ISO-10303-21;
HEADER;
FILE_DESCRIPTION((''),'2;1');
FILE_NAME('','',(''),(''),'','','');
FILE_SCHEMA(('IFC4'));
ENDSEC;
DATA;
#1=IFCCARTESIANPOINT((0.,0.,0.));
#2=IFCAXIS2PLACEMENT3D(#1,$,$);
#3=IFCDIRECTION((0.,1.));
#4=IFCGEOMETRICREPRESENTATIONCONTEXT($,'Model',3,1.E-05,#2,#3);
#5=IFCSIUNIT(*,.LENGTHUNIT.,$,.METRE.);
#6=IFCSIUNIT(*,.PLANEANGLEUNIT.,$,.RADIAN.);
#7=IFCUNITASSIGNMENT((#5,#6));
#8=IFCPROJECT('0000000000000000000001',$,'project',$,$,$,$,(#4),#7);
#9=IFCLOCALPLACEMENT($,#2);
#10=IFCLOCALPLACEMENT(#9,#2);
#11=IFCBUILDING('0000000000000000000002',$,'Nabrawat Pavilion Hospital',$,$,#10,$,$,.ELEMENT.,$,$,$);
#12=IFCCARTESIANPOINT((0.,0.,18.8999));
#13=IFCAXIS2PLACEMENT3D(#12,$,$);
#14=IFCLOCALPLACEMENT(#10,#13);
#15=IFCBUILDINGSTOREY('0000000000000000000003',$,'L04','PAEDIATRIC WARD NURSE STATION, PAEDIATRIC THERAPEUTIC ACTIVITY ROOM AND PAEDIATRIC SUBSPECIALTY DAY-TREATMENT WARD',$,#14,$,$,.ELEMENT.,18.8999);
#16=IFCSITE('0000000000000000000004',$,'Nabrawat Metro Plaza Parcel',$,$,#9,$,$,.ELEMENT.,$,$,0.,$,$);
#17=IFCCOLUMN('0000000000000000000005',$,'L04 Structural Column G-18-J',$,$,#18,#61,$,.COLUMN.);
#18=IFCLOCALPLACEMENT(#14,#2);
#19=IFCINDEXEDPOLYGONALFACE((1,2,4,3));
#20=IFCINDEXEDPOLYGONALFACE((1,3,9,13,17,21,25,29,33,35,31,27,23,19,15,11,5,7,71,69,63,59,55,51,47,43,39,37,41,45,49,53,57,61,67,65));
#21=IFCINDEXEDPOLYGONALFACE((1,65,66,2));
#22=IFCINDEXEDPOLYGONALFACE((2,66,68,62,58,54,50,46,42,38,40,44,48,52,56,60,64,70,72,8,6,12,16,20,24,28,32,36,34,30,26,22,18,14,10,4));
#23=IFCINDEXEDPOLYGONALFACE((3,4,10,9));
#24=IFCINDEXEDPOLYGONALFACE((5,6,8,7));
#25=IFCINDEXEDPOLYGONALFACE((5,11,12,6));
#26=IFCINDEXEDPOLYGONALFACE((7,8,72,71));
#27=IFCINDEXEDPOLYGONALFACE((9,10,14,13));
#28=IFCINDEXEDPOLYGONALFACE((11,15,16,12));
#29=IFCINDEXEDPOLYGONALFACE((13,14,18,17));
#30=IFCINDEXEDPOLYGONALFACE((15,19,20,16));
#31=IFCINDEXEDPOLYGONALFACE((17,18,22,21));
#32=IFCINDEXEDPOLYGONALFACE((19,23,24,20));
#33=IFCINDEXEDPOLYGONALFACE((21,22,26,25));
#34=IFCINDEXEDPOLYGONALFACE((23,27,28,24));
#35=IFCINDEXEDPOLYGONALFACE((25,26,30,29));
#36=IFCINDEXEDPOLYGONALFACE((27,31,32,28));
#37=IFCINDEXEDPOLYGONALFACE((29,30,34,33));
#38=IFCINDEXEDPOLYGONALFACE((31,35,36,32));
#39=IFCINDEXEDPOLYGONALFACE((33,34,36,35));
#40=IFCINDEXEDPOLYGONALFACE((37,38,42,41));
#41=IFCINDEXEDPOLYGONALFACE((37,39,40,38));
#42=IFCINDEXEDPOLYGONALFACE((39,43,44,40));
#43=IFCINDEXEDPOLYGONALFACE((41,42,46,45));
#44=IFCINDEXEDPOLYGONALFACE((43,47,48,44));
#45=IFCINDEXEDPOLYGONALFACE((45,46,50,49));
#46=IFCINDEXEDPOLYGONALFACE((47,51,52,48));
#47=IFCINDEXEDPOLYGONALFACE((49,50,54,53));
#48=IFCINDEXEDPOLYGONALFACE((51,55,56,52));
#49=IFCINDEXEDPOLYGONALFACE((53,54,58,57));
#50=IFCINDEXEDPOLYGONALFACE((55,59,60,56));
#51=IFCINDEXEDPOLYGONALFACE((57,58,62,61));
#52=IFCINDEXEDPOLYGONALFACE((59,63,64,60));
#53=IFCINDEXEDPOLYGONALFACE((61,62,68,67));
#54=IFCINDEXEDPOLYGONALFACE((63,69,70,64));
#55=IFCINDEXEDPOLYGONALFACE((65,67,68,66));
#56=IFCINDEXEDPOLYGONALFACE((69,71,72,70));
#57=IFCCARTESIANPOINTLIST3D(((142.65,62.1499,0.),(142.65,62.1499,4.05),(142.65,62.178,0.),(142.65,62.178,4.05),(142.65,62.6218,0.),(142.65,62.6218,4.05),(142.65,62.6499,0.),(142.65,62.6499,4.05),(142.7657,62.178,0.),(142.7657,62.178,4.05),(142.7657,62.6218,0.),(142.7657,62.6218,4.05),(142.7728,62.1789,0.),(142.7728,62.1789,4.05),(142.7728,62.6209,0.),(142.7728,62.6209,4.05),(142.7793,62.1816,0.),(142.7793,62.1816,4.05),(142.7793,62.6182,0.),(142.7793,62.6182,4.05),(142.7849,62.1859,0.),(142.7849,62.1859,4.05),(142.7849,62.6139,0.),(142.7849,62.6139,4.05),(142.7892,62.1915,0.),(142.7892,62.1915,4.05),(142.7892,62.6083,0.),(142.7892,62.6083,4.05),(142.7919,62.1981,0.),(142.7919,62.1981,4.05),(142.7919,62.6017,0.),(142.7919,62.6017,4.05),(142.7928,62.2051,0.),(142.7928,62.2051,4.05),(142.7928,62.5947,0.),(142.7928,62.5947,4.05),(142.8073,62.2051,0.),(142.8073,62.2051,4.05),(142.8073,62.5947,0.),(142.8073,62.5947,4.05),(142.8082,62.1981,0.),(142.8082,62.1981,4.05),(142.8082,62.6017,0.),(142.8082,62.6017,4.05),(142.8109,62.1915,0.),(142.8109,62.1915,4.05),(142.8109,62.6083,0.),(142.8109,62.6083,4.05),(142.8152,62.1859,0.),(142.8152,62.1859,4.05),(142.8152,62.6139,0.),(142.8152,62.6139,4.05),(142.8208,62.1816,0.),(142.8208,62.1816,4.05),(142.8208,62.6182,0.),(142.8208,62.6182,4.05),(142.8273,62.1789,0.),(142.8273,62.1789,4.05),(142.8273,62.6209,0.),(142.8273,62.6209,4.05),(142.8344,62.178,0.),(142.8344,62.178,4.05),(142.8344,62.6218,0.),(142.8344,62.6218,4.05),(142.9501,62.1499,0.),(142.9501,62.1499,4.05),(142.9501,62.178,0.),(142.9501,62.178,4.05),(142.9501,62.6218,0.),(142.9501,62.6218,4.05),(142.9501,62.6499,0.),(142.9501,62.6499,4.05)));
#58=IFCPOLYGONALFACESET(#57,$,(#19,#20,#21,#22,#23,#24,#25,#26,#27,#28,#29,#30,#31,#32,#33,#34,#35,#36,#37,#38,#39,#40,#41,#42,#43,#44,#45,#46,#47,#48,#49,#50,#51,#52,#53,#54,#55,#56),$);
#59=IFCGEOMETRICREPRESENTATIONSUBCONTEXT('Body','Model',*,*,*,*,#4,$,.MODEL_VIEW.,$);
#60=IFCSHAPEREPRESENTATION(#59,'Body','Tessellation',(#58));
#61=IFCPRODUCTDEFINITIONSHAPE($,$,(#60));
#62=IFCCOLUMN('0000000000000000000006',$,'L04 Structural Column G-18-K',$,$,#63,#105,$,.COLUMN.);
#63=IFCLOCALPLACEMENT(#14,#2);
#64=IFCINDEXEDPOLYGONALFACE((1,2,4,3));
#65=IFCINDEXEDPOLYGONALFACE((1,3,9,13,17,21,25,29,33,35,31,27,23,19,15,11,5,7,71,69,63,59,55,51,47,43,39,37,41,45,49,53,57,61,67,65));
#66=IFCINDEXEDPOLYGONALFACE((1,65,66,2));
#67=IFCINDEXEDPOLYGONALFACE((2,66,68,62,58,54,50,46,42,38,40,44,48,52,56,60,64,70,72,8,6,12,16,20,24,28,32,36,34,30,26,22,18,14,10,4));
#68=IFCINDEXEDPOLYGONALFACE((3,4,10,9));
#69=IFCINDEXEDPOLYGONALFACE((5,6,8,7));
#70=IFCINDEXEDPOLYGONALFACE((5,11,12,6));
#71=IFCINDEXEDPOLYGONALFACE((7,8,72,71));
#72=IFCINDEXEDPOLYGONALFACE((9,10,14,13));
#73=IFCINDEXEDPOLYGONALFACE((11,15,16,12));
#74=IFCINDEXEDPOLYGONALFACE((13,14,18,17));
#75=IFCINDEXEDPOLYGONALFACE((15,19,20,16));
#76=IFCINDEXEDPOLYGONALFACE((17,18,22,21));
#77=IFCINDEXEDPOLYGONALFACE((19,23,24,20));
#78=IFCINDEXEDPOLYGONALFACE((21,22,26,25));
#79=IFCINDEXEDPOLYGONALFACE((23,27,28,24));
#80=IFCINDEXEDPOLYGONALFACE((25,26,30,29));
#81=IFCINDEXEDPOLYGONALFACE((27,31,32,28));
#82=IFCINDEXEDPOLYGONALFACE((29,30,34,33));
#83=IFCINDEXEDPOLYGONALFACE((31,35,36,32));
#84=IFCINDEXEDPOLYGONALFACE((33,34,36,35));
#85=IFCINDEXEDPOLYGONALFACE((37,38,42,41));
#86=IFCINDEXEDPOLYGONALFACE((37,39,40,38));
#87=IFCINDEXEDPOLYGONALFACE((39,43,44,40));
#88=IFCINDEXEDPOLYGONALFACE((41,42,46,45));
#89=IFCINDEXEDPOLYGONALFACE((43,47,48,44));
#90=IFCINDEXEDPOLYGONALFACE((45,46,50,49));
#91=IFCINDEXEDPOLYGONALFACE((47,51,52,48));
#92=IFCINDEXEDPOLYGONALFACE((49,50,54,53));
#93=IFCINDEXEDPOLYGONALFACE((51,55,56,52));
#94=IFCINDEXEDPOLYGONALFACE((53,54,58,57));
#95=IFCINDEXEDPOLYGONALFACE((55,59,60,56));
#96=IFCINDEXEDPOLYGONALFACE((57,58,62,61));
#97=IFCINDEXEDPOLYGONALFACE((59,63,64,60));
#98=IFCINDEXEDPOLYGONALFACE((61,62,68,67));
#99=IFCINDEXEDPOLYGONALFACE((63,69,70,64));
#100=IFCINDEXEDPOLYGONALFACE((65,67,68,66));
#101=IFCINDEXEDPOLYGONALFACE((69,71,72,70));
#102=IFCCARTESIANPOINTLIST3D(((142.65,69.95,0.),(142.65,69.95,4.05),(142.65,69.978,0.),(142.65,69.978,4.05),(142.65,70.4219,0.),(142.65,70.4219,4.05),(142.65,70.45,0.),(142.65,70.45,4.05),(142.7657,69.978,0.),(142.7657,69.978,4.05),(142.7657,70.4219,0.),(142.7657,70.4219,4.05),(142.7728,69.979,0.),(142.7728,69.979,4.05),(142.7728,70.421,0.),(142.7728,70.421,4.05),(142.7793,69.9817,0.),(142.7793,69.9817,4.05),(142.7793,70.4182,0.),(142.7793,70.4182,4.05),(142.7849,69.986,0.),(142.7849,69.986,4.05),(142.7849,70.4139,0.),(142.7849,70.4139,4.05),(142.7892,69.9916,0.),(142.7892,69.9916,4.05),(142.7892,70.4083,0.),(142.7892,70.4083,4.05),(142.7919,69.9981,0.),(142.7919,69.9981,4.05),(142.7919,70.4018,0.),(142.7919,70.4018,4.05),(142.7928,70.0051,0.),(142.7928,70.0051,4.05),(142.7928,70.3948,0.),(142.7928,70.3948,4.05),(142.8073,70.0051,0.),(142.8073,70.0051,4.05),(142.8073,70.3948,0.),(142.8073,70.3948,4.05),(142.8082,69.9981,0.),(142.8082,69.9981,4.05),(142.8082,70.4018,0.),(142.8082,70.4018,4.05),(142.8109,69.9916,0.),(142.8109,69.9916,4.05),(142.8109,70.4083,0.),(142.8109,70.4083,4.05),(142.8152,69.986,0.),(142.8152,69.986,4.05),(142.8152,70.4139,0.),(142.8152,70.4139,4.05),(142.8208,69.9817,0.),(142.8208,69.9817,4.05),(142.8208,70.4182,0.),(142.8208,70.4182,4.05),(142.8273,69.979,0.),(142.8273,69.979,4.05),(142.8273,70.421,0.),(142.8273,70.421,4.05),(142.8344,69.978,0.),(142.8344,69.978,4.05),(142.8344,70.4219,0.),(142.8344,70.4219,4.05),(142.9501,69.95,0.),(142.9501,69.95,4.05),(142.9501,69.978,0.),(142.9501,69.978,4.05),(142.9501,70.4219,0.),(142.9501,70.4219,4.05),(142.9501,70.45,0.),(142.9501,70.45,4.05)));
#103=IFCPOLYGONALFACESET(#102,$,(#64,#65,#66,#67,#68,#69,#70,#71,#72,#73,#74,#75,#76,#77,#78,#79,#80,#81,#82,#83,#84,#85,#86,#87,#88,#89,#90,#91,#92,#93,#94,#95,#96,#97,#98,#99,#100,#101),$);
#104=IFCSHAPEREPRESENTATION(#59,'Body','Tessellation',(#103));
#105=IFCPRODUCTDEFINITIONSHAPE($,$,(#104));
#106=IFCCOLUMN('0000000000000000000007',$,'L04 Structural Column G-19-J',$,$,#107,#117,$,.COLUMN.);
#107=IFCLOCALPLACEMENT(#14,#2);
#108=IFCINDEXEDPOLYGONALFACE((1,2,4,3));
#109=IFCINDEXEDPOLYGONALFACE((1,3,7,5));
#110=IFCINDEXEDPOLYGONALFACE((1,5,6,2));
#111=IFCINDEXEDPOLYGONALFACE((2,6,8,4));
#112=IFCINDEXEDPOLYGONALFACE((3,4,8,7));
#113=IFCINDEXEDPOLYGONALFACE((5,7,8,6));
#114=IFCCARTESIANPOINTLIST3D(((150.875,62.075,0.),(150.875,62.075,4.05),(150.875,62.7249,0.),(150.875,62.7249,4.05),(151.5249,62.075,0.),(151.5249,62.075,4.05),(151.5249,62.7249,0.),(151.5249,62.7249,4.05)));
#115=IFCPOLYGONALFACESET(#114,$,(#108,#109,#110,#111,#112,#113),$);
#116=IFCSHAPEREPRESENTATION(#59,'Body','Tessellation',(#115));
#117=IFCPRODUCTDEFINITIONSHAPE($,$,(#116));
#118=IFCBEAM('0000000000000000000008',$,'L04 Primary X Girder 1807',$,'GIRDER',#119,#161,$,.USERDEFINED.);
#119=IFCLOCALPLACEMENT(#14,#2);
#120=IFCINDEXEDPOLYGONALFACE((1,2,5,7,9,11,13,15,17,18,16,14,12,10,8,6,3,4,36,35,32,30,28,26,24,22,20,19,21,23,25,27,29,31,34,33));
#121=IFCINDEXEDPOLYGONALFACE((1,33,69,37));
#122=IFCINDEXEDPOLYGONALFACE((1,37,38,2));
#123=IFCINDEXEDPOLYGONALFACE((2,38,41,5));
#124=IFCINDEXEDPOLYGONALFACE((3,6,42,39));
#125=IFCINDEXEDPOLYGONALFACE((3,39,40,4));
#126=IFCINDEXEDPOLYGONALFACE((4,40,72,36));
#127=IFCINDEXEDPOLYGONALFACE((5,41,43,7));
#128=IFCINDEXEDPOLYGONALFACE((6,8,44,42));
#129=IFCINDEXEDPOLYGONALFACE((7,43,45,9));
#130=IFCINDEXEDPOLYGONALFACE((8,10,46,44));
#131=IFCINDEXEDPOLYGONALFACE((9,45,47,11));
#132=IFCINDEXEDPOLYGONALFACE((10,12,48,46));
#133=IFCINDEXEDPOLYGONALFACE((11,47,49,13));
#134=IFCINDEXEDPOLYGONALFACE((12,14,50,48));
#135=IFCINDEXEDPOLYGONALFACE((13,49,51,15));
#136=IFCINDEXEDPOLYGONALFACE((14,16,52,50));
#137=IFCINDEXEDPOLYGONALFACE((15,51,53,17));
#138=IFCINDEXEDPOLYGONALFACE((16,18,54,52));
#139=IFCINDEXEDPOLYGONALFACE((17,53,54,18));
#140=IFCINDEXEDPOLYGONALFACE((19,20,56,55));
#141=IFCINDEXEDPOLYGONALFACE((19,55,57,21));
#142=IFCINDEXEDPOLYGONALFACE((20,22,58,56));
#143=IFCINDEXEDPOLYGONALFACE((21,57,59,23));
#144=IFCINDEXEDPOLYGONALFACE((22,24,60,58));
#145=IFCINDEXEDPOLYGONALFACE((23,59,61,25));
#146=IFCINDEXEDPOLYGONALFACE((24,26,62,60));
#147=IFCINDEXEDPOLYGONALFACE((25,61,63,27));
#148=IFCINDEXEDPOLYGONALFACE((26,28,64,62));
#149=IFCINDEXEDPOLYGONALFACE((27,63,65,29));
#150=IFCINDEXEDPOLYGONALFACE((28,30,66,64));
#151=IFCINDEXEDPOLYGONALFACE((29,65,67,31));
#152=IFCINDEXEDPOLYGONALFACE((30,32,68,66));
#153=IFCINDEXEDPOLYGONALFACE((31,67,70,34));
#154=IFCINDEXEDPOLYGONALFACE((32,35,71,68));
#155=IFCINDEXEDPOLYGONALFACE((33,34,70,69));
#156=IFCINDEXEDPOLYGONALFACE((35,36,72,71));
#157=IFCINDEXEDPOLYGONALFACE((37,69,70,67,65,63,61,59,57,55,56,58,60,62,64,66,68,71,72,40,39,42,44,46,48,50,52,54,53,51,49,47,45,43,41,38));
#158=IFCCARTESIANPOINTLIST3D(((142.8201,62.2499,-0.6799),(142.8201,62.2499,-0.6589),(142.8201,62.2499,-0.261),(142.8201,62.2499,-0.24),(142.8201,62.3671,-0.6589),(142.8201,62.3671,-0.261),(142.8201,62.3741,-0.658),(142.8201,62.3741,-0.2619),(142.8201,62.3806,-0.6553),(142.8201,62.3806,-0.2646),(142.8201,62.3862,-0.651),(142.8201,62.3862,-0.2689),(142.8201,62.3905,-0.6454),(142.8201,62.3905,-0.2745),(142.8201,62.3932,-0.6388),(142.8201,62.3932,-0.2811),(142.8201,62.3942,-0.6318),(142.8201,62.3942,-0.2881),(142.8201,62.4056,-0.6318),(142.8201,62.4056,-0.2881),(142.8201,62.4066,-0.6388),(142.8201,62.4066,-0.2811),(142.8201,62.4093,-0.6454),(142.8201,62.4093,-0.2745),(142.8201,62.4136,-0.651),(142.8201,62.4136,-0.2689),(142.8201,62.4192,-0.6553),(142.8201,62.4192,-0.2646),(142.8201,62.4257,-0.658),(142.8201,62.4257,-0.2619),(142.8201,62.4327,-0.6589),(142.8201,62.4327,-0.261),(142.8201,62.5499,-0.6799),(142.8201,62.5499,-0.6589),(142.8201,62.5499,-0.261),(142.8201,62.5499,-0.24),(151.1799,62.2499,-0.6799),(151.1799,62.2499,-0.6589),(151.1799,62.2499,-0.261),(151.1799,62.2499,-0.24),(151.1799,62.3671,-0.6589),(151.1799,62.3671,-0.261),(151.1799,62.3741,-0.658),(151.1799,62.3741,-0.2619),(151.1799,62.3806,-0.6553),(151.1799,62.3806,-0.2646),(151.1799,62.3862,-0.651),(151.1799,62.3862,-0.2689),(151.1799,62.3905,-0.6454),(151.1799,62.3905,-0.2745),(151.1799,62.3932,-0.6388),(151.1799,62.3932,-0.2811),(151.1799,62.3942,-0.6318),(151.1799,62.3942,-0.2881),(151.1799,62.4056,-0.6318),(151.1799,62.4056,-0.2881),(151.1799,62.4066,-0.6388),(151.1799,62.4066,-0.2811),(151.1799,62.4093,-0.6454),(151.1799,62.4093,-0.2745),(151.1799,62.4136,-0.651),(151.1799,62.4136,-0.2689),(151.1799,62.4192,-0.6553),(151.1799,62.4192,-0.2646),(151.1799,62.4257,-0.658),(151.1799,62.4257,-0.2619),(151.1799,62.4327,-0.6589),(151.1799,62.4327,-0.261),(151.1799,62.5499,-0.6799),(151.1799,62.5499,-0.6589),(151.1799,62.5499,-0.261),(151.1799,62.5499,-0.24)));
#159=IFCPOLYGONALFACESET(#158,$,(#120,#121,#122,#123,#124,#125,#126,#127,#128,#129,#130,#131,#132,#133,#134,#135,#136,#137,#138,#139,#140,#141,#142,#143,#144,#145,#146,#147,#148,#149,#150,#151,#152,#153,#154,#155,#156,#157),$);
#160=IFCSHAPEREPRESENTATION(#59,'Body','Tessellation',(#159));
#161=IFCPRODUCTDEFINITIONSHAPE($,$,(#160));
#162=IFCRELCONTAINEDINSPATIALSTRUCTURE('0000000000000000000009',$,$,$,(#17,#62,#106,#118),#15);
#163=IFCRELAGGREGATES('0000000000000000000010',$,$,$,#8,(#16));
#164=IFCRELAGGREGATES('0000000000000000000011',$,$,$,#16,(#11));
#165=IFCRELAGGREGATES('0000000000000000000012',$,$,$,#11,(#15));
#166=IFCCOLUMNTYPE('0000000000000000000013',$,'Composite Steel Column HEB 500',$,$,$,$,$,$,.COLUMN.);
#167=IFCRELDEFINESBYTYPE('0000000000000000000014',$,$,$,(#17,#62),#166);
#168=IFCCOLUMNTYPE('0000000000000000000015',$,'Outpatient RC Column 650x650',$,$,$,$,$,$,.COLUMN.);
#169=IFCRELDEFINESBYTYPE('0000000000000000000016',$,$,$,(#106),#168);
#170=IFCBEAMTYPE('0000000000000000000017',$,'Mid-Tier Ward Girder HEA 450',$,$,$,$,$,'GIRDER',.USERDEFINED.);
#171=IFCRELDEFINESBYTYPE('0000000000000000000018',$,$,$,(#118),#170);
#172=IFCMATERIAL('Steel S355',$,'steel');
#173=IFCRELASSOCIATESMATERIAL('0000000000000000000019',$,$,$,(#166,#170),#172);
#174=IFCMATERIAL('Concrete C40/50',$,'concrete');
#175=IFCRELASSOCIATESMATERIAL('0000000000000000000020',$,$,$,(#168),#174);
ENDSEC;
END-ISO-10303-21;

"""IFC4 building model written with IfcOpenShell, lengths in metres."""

from ifc_helpers import new_model, si_unit, direction, frame, origin, origin_2d, place, context, subcontext, project, spatial, rectangle, i_section, extrude, material, material_profile, profile_set, type_object, element, save


model = new_model("IFC4")

# Units and contexts
model_context = context("Model", 3, precision=1e-05, world=origin(), true_north=direction((0.0, 1.0)))
body_context = subcontext(model_context, "Body", "Model", "MODEL_VIEW")
ifc_project = project(units=[si_unit("LENGTHUNIT", "METRE"), si_unit("PLANEANGLEUNIT", "RADIAN")], contexts=[model_context])

# Site, building, storey
site_placement = place(None, origin())
site = spatial("IfcSite", under=ifc_project, at=site_placement, Name="Nabrawat Metro Plaza Parcel", CompositionType="ELEMENT", RefElevation=0.0)
building_placement = place(site_placement, origin())
building = spatial("IfcBuilding", under=site, at=building_placement, Name="Nabrawat Pavilion Hospital", CompositionType="ELEMENT")
storey_placement = place(building_placement, frame((0.0, 0.0, 18.8999)))
storey = spatial("IfcBuildingStorey", under=building, at=storey_placement, Name="L04", Description="PAEDIATRIC WARD NURSE STATION, PAEDIATRIC THERAPEUTIC ACTIVITY ROOM AND PAEDIATRIC SUBSPECIALTY DAY-TREATMENT WARD", CompositionType="ELEMENT", Elevation=18.8999)

# Columns
ifc_material_1 = material(Name="Steel S355", Category="steel")
ifc_material_profile_1 = material_profile(ifc_material_1, i_section(OverallWidth=0.3, OverallDepth=0.5, WebThickness=0.0144, FlangeThickness=0.0281, FilletRadius=0.0271, at=origin_2d()), Name="HEB 500")
ifc_profile_set_1 = profile_set([ifc_material_profile_1], Name="Steel S355")
column_type_1 = type_object("IfcColumnType", Name="Composite Steel Column HEB 500", PredefinedType="COLUMN", material=ifc_profile_set_1)
for number, where, z_axis, x_axis, name in (
    (1, (142.8, 62.3999, 0.0), (0.0, 0.0, 1.0), (1.0, 0.0, 0.0), "L04 Structural Column G-18-J"),
    (2, (142.8, 70.2, 0.0), (0.0, 0.0, 1.0), (1.0, 0.0, 0.0), "L04 Structural Column G-18-K"),
):
    element("IfcColumn", number, at=place(storey_placement, frame(where, z_axis=z_axis, x_axis=x_axis)), inside=storey, type_object=column_type_1, Name=name, PredefinedType="COLUMN", context=body_context, shape_type="SweptSolid", body=[
        extrude(i_section(OverallWidth=0.3, OverallDepth=0.5, WebThickness=0.0144, FlangeThickness=0.0281, FilletRadius=0.0271, at=origin_2d()), origin(), (0.0, 0.0, 1.0), 4.05),
    ])
ifc_material_2 = material(Name="Concrete C40/50", Category="concrete")
ifc_material_profile_2 = material_profile(ifc_material_2, rectangle(XDim=0.6499, YDim=0.6499, at=origin_2d()), Name="RC 650x650")
ifc_profile_set_2 = profile_set([ifc_material_profile_2], Name="Concrete C40/50")
column_type_2 = type_object("IfcColumnType", Name="Outpatient RC Column 650x650", PredefinedType="COLUMN", material=ifc_profile_set_2)
column_placement = place(storey_placement, frame((151.2, 62.3999, 0.0), z_axis=(0.0, 0.0, 1.0), x_axis=(1.0, 0.0, 0.0)))
element("IfcColumn", 3, at=column_placement, inside=storey, type_object=column_type_2, Name="L04 Structural Column G-19-J", PredefinedType="COLUMN", context=body_context, shape_type="SweptSolid", body=[
    extrude(rectangle(XDim=0.6499, YDim=0.6499, at=origin_2d()), origin(), (0.0, 0.0, 1.0), 4.05),
])

# Beam
ifc_material_profile_3 = material_profile(ifc_material_1, i_section(OverallWidth=0.3, OverallDepth=0.4399, WebThickness=0.0115, FlangeThickness=0.021, FilletRadius=0.0271, at=origin_2d()), Name="HEA 450")
ifc_profile_set_3 = profile_set([ifc_material_profile_3], Name="Steel S355")
beam_type_1 = type_object("IfcBeamType", Name="Mid-Tier Ward Girder HEA 450", ElementType="GIRDER", PredefinedType="USERDEFINED", material=ifc_profile_set_3)
beam_1_placement = place(storey_placement, frame((142.8201, 62.3999, -0.46), z_axis=(1.0, 0.0, 0.0), x_axis=(0.0, 1.0, 0.0)))
element("IfcBeam", 4, at=beam_1_placement, inside=storey, type_object=beam_type_1, Name="L04 Primary X Girder 1807", ObjectType="GIRDER", PredefinedType="USERDEFINED", context=body_context, shape_type="SweptSolid", body=[
    extrude(i_section(OverallWidth=0.3, OverallDepth=0.4399, WebThickness=0.0115, FlangeThickness=0.021, FilletRadius=0.0271, at=origin_2d()), origin(), (0.0, 0.0, 1.0), 8.3599),
])

save(model, "model.ifc")
